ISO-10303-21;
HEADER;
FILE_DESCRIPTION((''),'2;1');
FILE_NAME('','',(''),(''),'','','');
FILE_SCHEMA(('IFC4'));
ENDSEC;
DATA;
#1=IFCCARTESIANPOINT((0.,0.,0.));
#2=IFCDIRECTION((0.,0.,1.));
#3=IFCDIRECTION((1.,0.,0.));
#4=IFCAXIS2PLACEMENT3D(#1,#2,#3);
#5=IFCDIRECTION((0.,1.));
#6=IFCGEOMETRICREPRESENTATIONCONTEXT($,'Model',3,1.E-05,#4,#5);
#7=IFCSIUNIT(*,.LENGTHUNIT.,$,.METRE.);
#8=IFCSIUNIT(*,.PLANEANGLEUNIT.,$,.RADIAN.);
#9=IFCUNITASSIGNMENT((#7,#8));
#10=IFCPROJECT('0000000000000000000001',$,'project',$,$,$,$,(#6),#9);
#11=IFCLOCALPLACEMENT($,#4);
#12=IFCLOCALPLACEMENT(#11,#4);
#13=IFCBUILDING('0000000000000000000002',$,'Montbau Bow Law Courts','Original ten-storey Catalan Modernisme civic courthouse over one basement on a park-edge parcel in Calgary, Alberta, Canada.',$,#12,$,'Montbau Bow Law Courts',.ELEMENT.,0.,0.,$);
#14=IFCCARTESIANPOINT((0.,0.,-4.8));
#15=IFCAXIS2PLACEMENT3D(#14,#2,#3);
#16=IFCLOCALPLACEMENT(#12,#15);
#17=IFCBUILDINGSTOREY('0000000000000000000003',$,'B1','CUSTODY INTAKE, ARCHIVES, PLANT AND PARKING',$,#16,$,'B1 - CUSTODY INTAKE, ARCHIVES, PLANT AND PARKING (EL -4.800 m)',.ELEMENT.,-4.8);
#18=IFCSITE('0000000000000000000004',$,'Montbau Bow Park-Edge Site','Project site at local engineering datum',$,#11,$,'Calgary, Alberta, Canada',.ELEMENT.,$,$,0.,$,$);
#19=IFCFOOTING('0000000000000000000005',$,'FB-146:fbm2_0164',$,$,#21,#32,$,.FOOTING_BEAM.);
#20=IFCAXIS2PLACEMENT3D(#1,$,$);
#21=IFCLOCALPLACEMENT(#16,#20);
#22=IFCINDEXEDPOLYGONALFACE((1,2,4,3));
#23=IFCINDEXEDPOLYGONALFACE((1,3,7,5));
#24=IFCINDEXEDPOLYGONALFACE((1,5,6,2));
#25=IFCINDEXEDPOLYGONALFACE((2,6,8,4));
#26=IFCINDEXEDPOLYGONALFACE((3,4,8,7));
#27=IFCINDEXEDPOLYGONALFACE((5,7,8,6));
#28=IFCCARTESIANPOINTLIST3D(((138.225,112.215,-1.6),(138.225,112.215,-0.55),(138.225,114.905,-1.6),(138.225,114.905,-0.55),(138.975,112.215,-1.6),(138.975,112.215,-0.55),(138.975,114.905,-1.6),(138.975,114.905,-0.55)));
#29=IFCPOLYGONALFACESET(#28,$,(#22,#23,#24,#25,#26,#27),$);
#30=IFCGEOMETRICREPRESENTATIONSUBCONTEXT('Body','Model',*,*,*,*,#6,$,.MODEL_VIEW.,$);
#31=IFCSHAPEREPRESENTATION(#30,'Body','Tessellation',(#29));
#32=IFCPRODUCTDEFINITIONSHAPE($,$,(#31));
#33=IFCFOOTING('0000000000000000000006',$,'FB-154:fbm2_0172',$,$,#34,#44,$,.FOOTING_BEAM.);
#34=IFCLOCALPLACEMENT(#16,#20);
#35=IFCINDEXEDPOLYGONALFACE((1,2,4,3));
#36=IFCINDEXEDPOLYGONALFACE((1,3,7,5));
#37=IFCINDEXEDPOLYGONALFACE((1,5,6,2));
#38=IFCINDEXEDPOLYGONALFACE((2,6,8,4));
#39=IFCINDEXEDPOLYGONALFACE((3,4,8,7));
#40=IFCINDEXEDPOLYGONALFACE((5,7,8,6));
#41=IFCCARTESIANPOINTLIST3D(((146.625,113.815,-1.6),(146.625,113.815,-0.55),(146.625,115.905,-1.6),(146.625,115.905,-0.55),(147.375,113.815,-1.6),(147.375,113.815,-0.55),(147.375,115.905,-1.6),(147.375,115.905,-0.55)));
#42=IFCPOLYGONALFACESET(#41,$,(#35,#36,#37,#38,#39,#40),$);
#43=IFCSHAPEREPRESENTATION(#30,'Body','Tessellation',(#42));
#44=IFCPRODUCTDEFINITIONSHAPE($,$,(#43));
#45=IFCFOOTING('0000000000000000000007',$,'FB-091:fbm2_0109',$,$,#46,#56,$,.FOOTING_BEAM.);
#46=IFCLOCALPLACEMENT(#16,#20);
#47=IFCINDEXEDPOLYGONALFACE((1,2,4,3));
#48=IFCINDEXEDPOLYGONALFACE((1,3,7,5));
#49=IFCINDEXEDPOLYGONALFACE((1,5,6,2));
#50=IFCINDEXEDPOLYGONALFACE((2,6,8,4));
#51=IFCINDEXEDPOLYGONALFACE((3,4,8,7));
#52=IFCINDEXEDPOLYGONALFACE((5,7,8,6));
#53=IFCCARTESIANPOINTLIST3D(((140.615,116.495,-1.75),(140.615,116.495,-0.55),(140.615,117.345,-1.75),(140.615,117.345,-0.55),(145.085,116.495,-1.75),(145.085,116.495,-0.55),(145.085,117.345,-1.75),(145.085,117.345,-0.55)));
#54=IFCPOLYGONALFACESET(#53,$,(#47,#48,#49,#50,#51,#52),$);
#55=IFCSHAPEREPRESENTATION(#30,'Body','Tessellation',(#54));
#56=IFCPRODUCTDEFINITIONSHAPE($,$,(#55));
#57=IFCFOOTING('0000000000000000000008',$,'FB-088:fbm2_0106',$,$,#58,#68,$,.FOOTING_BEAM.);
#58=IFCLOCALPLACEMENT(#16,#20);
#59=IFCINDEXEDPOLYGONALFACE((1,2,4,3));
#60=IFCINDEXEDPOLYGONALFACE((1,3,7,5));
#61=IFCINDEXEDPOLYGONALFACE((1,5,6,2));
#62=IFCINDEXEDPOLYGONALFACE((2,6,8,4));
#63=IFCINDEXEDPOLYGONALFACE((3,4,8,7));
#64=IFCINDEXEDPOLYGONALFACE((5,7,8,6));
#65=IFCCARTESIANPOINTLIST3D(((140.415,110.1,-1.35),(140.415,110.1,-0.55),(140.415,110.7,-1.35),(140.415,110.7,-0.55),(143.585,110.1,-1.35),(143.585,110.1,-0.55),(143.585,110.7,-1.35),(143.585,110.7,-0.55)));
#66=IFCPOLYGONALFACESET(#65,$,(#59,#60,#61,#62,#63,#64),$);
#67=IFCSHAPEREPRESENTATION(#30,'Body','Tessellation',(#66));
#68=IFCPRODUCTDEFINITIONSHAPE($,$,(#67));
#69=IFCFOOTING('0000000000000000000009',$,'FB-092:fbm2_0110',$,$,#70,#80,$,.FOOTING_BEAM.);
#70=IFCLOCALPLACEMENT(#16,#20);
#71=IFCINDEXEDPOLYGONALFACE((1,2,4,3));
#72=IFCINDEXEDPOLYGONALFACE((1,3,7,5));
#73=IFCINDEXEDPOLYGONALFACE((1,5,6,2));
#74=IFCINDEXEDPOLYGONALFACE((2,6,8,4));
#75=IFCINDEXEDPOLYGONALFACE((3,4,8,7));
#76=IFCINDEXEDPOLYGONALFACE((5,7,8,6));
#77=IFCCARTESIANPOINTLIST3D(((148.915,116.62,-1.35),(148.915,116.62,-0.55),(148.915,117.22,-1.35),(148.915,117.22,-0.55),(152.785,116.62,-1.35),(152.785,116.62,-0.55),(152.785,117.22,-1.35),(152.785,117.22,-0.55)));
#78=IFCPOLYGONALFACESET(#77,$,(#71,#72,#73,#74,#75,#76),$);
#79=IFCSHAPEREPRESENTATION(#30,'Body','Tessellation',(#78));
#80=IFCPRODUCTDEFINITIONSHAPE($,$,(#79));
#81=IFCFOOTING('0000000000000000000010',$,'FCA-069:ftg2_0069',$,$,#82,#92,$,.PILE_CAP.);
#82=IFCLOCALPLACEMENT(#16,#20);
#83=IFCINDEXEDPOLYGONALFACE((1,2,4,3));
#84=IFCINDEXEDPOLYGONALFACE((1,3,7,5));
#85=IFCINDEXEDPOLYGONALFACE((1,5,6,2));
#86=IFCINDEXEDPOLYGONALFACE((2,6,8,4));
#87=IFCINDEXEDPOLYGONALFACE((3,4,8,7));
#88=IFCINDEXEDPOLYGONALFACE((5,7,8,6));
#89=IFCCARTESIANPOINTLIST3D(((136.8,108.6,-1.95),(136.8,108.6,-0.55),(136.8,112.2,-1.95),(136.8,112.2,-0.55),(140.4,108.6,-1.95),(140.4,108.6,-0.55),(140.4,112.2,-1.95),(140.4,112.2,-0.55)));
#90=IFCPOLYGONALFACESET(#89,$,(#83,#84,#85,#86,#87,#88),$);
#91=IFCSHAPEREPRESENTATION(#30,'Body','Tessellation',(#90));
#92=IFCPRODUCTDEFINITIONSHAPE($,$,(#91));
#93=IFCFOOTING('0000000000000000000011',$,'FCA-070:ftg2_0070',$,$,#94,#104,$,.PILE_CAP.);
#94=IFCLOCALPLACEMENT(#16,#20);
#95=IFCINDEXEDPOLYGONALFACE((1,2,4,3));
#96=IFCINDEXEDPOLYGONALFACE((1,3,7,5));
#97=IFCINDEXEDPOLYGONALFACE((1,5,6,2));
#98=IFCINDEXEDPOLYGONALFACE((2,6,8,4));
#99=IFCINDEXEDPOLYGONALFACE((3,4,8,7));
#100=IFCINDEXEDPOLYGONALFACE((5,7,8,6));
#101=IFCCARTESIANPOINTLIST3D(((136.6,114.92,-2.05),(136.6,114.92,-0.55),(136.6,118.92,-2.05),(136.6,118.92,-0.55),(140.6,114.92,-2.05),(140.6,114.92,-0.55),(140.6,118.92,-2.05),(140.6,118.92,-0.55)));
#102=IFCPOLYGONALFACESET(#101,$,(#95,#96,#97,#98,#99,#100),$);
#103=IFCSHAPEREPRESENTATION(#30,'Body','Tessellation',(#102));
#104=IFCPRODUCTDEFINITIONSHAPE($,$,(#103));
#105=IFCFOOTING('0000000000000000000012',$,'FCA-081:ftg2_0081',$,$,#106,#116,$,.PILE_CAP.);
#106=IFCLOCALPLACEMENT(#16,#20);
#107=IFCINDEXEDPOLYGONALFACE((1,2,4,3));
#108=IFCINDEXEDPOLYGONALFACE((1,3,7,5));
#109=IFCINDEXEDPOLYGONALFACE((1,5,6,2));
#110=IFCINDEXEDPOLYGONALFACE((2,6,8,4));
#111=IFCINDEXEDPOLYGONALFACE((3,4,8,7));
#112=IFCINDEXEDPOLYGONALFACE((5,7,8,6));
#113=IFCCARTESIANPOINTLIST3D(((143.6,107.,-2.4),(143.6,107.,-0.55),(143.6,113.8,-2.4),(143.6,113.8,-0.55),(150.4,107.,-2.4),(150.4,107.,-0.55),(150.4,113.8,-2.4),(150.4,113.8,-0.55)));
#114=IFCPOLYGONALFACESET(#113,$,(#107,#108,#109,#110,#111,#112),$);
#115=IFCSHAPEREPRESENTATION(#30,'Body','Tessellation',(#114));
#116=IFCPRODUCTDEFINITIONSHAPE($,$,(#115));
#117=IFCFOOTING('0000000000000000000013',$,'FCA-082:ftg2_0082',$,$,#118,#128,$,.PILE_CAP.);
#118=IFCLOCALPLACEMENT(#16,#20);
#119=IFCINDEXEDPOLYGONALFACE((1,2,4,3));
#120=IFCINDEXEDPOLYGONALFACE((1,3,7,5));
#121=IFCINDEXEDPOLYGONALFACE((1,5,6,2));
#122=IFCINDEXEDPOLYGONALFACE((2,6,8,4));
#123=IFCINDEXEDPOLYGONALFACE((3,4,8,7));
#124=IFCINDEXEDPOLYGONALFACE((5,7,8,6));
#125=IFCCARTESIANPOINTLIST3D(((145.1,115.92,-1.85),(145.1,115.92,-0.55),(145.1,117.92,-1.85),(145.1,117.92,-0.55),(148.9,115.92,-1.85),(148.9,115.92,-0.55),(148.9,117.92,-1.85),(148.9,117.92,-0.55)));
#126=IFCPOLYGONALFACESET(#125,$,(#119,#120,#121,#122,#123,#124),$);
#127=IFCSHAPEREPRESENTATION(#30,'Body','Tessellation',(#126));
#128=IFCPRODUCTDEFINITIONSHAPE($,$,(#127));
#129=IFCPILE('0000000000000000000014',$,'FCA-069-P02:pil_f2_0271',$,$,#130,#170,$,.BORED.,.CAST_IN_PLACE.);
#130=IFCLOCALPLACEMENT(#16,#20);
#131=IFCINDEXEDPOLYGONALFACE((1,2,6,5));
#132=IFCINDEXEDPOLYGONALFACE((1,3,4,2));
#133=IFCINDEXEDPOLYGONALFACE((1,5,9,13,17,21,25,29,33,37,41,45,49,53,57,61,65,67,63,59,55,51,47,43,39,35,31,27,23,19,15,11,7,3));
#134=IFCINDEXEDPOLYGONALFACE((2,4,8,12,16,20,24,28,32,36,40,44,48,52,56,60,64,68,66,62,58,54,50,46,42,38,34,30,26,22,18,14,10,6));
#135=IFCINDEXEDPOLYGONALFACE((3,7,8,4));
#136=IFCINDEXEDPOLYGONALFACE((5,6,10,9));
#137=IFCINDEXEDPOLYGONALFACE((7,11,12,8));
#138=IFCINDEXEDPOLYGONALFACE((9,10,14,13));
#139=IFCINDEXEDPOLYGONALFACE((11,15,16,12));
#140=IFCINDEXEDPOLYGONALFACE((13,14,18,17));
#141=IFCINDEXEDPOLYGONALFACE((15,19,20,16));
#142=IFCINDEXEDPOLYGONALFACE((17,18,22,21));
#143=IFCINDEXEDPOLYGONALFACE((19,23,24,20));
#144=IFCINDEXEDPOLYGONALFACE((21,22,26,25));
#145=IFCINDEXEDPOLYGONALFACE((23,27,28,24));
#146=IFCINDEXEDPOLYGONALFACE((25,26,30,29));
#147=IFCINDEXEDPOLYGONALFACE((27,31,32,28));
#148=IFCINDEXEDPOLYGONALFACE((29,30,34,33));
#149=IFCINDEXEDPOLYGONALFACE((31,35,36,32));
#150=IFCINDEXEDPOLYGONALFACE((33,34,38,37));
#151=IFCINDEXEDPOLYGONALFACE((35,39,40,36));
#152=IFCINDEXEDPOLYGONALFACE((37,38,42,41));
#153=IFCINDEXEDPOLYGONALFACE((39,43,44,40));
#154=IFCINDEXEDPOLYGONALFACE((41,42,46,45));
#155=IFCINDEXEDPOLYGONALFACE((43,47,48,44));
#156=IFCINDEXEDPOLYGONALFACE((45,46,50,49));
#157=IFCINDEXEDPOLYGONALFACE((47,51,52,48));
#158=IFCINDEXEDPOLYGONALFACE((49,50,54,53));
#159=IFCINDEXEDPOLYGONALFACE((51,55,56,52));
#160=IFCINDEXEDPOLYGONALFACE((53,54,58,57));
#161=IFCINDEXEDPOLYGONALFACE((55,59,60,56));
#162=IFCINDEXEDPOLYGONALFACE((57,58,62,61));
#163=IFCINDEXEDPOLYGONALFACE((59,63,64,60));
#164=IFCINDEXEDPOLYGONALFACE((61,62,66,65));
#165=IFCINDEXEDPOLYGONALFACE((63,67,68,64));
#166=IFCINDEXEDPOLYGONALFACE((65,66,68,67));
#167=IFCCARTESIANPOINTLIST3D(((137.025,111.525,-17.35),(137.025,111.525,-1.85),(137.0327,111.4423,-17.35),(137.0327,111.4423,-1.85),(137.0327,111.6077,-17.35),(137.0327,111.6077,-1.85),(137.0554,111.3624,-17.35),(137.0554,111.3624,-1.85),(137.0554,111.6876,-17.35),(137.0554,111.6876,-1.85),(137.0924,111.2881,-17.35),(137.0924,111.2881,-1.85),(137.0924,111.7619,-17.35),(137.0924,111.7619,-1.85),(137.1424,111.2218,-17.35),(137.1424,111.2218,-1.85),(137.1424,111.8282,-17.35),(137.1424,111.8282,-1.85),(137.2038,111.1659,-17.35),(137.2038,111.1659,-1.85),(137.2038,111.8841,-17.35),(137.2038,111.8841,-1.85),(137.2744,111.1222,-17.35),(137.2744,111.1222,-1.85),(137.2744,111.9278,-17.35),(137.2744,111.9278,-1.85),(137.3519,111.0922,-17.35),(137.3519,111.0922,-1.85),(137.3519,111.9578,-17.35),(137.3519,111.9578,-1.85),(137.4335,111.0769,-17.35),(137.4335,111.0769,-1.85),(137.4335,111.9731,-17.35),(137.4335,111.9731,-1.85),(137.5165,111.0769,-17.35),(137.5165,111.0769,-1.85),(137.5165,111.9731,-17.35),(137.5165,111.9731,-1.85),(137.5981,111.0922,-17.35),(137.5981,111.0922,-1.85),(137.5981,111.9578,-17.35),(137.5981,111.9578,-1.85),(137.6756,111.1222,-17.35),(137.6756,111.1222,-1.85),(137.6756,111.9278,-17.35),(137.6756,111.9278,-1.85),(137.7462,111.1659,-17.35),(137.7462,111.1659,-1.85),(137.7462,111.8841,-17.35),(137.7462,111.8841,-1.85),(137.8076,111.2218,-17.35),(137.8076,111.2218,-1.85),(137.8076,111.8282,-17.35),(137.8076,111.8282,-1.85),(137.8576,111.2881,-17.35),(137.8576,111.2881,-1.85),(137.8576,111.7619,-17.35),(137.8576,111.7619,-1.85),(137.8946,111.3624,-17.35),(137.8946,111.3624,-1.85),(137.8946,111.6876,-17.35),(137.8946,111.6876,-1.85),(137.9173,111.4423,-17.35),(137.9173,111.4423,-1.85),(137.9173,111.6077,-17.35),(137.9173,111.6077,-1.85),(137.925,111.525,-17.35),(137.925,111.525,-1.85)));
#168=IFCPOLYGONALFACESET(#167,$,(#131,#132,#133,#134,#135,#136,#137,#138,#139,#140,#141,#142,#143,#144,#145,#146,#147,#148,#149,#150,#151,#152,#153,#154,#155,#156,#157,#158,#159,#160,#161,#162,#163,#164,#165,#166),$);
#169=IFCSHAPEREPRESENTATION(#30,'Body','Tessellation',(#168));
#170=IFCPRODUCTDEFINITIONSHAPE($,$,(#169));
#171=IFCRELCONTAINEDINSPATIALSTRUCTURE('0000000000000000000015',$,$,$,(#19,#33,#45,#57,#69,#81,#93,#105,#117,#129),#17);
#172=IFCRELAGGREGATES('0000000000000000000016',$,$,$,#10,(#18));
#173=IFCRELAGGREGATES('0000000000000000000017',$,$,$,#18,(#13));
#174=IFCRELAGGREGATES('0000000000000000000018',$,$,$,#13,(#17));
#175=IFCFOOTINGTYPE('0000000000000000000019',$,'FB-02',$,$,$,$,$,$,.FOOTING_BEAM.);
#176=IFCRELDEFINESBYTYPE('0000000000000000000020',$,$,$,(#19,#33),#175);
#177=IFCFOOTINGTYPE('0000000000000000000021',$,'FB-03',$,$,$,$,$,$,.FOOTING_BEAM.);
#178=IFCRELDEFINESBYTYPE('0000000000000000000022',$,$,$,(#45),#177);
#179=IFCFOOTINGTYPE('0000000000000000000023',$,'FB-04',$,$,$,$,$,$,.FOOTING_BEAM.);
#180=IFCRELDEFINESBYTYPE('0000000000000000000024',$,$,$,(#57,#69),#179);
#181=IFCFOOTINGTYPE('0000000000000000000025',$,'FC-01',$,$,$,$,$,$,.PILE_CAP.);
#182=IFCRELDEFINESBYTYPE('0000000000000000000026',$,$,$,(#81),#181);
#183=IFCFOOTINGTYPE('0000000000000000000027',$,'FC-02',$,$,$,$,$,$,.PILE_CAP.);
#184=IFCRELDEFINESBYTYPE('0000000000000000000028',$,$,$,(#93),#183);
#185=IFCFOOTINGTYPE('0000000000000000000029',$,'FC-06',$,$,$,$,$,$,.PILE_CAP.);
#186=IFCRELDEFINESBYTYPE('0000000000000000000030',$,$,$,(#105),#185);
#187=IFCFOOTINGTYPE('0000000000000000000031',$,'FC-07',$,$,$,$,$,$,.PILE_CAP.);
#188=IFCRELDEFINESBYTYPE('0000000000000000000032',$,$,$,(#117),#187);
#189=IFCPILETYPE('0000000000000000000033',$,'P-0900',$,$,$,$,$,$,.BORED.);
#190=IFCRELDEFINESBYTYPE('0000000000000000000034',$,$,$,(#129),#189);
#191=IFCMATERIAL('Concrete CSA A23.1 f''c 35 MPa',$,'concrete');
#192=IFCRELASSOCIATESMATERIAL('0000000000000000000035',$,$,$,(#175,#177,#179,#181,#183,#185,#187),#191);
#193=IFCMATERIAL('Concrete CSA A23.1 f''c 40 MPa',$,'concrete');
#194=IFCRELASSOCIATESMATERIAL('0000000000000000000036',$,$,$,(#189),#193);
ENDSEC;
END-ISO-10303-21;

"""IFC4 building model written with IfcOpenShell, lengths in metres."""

from ifc_helpers import new_model, si_unit, direction, frame, origin_with_axes, origin_2d_with_axis, place, context, subcontext, project, spatial, rectangle, circle, extrude, material, material_profile, profile_set, type_object, element, save


model = new_model("IFC4")

# Units and contexts
model_context = context("Model", 3, precision=1e-05, world=origin_with_axes(), true_north=direction((0.0, 1.0)))
body_context = subcontext(model_context, "Body", "Model", "MODEL_VIEW")
ifc_project = project(units=[si_unit("LENGTHUNIT", "METRE"), si_unit("PLANEANGLEUNIT", "RADIAN")], contexts=[model_context])

# Site, building, storey
site_placement = place(None, origin_with_axes())
site = spatial("IfcSite", under=ifc_project, at=site_placement, Name="Montbau Bow Park-Edge Site", Description="Project site at local engineering datum", LongName="Calgary, Alberta, Canada", CompositionType="ELEMENT", RefElevation=0.0)
building_placement = place(site_placement, origin_with_axes())
building = spatial("IfcBuilding", under=site, at=building_placement, Name="Montbau Bow Law Courts", Description="Original ten-storey Catalan Modernisme civic courthouse over one basement on a park-edge parcel in Calgary, Alberta, Canada.", LongName="Montbau Bow Law Courts", CompositionType="ELEMENT", ElevationOfRefHeight=0.0, ElevationOfTerrain=0.0)
storey_placement = place(building_placement, frame((0.0, 0.0, -4.8), z_axis=(0.0, 0.0, 1.0), x_axis=(1.0, 0.0, 0.0)))
storey = spatial("IfcBuildingStorey", under=building, at=storey_placement, Name="B1", Description="CUSTODY INTAKE, ARCHIVES, PLANT AND PARKING", LongName="B1 - CUSTODY INTAKE, ARCHIVES, PLANT AND PARKING (EL -4.800 m)", CompositionType="ELEMENT", Elevation=-4.8)

# Footings
ifc_material_1 = material(Name="Concrete CSA A23.1 f'c 35 MPa", Category="concrete")
footing_type_1 = type_object("IfcFootingType", Name="FB-02", PredefinedType="FOOTING_BEAM", material=ifc_material_1)
footing_1_placement = place(None, frame((138.6, 113.56, -6.4), z_axis=(0.0, 0.0, 1.0), x_axis=(0.0, 1.0, 0.0)))
element("IfcFooting", 1, at=footing_1_placement, inside=storey, type_object=footing_type_1, Name="FB-146:fbm2_0164", PredefinedType="FOOTING_BEAM", context=body_context, shape_type="SweptSolid", body=[
    extrude(rectangle(XDim=2.69, YDim=0.75, at=origin_2d_with_axis()), origin_with_axes(), (0.0, 0.0, 1.0), 1.05),
])
footing_2_placement = place(None, frame((147.0, 114.86, -6.4), z_axis=(0.0, 0.0, 1.0), x_axis=(0.0, 1.0, 0.0)))
element("IfcFooting", 2, at=footing_2_placement, inside=storey, type_object=footing_type_1, Name="FB-154:fbm2_0172", PredefinedType="FOOTING_BEAM", context=body_context, shape_type="SweptSolid", body=[
    extrude(rectangle(XDim=2.09, YDim=0.75, at=origin_2d_with_axis()), origin_with_axes(), (0.0, 0.0, 1.0), 1.05),
])
footing_type_2 = type_object("IfcFootingType", Name="FB-03", PredefinedType="FOOTING_BEAM", material=ifc_material_1)
footing_3_placement = place(None, frame((142.85, 116.92, -6.55), z_axis=(0.0, 0.0, 1.0), x_axis=(1.0, 0.0, 0.0)))
element("IfcFooting", 3, at=footing_3_placement, inside=storey, type_object=footing_type_2, Name="FB-091:fbm2_0109", PredefinedType="FOOTING_BEAM", context=body_context, shape_type="SweptSolid", body=[
    extrude(rectangle(XDim=4.47, YDim=0.85, at=origin_2d_with_axis()), origin_with_axes(), (0.0, 0.0, 1.0), 1.2),
])
footing_type_3 = type_object("IfcFootingType", Name="FB-04", PredefinedType="FOOTING_BEAM", material=ifc_material_1)
footing_4_placement = place(None, frame((142.0, 110.4, -6.15), z_axis=(0.0, 0.0, 1.0), x_axis=(1.0, 0.0, 0.0)))
element("IfcFooting", 4, at=footing_4_placement, inside=storey, type_object=footing_type_3, Name="FB-088:fbm2_0106", PredefinedType="FOOTING_BEAM", context=body_context, shape_type="SweptSolid", body=[
    extrude(rectangle(XDim=3.17, YDim=0.6, at=origin_2d_with_axis()), origin_with_axes(), (0.0, 0.0, 1.0), 0.8),
])
footing_5_placement = place(None, frame((150.85, 116.92, -6.15), z_axis=(0.0, 0.0, 1.0), x_axis=(1.0, 0.0, 0.0)))
element("IfcFooting", 5, at=footing_5_placement, inside=storey, type_object=footing_type_3, Name="FB-092:fbm2_0110", PredefinedType="FOOTING_BEAM", context=body_context, shape_type="SweptSolid", body=[
    extrude(rectangle(XDim=3.87, YDim=0.6, at=origin_2d_with_axis()), origin_with_axes(), (0.0, 0.0, 1.0), 0.8),
])
footing_type_4 = type_object("IfcFootingType", Name="FC-01", PredefinedType="PILE_CAP", material=ifc_material_1)
footing_6_placement = place(None, frame((138.6, 110.4, -6.75), z_axis=(0.0, 0.0, 1.0), x_axis=(1.0, 0.0, 0.0)))
element("IfcFooting", 6, at=footing_6_placement, inside=storey, type_object=footing_type_4, Name="FCA-069:ftg2_0069", PredefinedType="PILE_CAP", context=body_context, shape_type="SweptSolid", body=[
    extrude(rectangle(XDim=3.6, YDim=3.6, at=origin_2d_with_axis()), origin_with_axes(), (0.0, 0.0, 1.0), 1.4),
])
footing_type_5 = type_object("IfcFootingType", Name="FC-02", PredefinedType="PILE_CAP", material=ifc_material_1)
footing_7_placement = place(None, frame((138.6, 116.92, -6.85), z_axis=(0.0, 0.0, 1.0), x_axis=(1.0, 0.0, 0.0)))
element("IfcFooting", 7, at=footing_7_placement, inside=storey, type_object=footing_type_5, Name="FCA-070:ftg2_0070", PredefinedType="PILE_CAP", context=body_context, shape_type="SweptSolid", body=[
    extrude(rectangle(XDim=4.0, YDim=4.0, at=origin_2d_with_axis()), origin_with_axes(), (0.0, 0.0, 1.0), 1.5),
])
footing_type_6 = type_object("IfcFootingType", Name="FC-06", PredefinedType="PILE_CAP", material=ifc_material_1)
footing_8_placement = place(None, frame((147.0, 110.4, -7.2), z_axis=(0.0, 0.0, 1.0), x_axis=(1.0, 0.0, 0.0)))
element("IfcFooting", 8, at=footing_8_placement, inside=storey, type_object=footing_type_6, Name="FCA-081:ftg2_0081", PredefinedType="PILE_CAP", context=body_context, shape_type="SweptSolid", body=[
    extrude(rectangle(XDim=6.8, YDim=6.8, at=origin_2d_with_axis()), origin_with_axes(), (0.0, 0.0, 1.0), 1.85),
])
footing_type_7 = type_object("IfcFootingType", Name="FC-07", PredefinedType="PILE_CAP", material=ifc_material_1)
footing_9_placement = place(None, frame((147.0, 116.92, -6.65), z_axis=(0.0, 0.0, 1.0), x_axis=(1.0, 0.0, 0.0)))
element("IfcFooting", 9, at=footing_9_placement, inside=storey, type_object=footing_type_7, Name="FCA-082:ftg2_0082", PredefinedType="PILE_CAP", context=body_context, shape_type="SweptSolid", body=[
    extrude(rectangle(XDim=3.8, YDim=2.0, at=origin_2d_with_axis()), origin_with_axes(), (0.0, 0.0, 1.0), 1.3),
])

# Pile
ifc_material_2 = material(Name="Concrete CSA A23.1 f'c 40 MPa", Category="concrete")
ifc_material_profile_1 = material_profile(ifc_material_2, circle(Radius=0.45, at=origin_2d_with_axis()), Name="BP900", Category="Main", Priority=0)
ifc_profile_set_1 = profile_set([ifc_material_profile_1], Name="Concrete CSA A23.1 f'c 40 MPa")
pile_type_1 = type_object("IfcPileType", Name="P-0900", PredefinedType="BORED", material=ifc_profile_set_1)
for number, where, z_axis, x_axis, name in (
    (10, (137.475, 111.525, -22.15), (0.0, 0.0, 1.0), (1.0, 0.0, 0.0), "FCA-069-P02:pil_f2_0271"),
):
    element("IfcPile", number, at=place(None, frame(where, z_axis=z_axis, x_axis=x_axis)), inside=storey, type_object=pile_type_1, Name=name, ConstructionType="CAST_IN_PLACE", PredefinedType="BORED", context=body_context, shape_type="SweptSolid", body=[
        extrude(circle(Radius=0.45, at=origin_2d_with_axis()), origin_with_axes(), (0.0, 0.0, 1.0), 15.5),
    ])

save(model, "model.ifc")
